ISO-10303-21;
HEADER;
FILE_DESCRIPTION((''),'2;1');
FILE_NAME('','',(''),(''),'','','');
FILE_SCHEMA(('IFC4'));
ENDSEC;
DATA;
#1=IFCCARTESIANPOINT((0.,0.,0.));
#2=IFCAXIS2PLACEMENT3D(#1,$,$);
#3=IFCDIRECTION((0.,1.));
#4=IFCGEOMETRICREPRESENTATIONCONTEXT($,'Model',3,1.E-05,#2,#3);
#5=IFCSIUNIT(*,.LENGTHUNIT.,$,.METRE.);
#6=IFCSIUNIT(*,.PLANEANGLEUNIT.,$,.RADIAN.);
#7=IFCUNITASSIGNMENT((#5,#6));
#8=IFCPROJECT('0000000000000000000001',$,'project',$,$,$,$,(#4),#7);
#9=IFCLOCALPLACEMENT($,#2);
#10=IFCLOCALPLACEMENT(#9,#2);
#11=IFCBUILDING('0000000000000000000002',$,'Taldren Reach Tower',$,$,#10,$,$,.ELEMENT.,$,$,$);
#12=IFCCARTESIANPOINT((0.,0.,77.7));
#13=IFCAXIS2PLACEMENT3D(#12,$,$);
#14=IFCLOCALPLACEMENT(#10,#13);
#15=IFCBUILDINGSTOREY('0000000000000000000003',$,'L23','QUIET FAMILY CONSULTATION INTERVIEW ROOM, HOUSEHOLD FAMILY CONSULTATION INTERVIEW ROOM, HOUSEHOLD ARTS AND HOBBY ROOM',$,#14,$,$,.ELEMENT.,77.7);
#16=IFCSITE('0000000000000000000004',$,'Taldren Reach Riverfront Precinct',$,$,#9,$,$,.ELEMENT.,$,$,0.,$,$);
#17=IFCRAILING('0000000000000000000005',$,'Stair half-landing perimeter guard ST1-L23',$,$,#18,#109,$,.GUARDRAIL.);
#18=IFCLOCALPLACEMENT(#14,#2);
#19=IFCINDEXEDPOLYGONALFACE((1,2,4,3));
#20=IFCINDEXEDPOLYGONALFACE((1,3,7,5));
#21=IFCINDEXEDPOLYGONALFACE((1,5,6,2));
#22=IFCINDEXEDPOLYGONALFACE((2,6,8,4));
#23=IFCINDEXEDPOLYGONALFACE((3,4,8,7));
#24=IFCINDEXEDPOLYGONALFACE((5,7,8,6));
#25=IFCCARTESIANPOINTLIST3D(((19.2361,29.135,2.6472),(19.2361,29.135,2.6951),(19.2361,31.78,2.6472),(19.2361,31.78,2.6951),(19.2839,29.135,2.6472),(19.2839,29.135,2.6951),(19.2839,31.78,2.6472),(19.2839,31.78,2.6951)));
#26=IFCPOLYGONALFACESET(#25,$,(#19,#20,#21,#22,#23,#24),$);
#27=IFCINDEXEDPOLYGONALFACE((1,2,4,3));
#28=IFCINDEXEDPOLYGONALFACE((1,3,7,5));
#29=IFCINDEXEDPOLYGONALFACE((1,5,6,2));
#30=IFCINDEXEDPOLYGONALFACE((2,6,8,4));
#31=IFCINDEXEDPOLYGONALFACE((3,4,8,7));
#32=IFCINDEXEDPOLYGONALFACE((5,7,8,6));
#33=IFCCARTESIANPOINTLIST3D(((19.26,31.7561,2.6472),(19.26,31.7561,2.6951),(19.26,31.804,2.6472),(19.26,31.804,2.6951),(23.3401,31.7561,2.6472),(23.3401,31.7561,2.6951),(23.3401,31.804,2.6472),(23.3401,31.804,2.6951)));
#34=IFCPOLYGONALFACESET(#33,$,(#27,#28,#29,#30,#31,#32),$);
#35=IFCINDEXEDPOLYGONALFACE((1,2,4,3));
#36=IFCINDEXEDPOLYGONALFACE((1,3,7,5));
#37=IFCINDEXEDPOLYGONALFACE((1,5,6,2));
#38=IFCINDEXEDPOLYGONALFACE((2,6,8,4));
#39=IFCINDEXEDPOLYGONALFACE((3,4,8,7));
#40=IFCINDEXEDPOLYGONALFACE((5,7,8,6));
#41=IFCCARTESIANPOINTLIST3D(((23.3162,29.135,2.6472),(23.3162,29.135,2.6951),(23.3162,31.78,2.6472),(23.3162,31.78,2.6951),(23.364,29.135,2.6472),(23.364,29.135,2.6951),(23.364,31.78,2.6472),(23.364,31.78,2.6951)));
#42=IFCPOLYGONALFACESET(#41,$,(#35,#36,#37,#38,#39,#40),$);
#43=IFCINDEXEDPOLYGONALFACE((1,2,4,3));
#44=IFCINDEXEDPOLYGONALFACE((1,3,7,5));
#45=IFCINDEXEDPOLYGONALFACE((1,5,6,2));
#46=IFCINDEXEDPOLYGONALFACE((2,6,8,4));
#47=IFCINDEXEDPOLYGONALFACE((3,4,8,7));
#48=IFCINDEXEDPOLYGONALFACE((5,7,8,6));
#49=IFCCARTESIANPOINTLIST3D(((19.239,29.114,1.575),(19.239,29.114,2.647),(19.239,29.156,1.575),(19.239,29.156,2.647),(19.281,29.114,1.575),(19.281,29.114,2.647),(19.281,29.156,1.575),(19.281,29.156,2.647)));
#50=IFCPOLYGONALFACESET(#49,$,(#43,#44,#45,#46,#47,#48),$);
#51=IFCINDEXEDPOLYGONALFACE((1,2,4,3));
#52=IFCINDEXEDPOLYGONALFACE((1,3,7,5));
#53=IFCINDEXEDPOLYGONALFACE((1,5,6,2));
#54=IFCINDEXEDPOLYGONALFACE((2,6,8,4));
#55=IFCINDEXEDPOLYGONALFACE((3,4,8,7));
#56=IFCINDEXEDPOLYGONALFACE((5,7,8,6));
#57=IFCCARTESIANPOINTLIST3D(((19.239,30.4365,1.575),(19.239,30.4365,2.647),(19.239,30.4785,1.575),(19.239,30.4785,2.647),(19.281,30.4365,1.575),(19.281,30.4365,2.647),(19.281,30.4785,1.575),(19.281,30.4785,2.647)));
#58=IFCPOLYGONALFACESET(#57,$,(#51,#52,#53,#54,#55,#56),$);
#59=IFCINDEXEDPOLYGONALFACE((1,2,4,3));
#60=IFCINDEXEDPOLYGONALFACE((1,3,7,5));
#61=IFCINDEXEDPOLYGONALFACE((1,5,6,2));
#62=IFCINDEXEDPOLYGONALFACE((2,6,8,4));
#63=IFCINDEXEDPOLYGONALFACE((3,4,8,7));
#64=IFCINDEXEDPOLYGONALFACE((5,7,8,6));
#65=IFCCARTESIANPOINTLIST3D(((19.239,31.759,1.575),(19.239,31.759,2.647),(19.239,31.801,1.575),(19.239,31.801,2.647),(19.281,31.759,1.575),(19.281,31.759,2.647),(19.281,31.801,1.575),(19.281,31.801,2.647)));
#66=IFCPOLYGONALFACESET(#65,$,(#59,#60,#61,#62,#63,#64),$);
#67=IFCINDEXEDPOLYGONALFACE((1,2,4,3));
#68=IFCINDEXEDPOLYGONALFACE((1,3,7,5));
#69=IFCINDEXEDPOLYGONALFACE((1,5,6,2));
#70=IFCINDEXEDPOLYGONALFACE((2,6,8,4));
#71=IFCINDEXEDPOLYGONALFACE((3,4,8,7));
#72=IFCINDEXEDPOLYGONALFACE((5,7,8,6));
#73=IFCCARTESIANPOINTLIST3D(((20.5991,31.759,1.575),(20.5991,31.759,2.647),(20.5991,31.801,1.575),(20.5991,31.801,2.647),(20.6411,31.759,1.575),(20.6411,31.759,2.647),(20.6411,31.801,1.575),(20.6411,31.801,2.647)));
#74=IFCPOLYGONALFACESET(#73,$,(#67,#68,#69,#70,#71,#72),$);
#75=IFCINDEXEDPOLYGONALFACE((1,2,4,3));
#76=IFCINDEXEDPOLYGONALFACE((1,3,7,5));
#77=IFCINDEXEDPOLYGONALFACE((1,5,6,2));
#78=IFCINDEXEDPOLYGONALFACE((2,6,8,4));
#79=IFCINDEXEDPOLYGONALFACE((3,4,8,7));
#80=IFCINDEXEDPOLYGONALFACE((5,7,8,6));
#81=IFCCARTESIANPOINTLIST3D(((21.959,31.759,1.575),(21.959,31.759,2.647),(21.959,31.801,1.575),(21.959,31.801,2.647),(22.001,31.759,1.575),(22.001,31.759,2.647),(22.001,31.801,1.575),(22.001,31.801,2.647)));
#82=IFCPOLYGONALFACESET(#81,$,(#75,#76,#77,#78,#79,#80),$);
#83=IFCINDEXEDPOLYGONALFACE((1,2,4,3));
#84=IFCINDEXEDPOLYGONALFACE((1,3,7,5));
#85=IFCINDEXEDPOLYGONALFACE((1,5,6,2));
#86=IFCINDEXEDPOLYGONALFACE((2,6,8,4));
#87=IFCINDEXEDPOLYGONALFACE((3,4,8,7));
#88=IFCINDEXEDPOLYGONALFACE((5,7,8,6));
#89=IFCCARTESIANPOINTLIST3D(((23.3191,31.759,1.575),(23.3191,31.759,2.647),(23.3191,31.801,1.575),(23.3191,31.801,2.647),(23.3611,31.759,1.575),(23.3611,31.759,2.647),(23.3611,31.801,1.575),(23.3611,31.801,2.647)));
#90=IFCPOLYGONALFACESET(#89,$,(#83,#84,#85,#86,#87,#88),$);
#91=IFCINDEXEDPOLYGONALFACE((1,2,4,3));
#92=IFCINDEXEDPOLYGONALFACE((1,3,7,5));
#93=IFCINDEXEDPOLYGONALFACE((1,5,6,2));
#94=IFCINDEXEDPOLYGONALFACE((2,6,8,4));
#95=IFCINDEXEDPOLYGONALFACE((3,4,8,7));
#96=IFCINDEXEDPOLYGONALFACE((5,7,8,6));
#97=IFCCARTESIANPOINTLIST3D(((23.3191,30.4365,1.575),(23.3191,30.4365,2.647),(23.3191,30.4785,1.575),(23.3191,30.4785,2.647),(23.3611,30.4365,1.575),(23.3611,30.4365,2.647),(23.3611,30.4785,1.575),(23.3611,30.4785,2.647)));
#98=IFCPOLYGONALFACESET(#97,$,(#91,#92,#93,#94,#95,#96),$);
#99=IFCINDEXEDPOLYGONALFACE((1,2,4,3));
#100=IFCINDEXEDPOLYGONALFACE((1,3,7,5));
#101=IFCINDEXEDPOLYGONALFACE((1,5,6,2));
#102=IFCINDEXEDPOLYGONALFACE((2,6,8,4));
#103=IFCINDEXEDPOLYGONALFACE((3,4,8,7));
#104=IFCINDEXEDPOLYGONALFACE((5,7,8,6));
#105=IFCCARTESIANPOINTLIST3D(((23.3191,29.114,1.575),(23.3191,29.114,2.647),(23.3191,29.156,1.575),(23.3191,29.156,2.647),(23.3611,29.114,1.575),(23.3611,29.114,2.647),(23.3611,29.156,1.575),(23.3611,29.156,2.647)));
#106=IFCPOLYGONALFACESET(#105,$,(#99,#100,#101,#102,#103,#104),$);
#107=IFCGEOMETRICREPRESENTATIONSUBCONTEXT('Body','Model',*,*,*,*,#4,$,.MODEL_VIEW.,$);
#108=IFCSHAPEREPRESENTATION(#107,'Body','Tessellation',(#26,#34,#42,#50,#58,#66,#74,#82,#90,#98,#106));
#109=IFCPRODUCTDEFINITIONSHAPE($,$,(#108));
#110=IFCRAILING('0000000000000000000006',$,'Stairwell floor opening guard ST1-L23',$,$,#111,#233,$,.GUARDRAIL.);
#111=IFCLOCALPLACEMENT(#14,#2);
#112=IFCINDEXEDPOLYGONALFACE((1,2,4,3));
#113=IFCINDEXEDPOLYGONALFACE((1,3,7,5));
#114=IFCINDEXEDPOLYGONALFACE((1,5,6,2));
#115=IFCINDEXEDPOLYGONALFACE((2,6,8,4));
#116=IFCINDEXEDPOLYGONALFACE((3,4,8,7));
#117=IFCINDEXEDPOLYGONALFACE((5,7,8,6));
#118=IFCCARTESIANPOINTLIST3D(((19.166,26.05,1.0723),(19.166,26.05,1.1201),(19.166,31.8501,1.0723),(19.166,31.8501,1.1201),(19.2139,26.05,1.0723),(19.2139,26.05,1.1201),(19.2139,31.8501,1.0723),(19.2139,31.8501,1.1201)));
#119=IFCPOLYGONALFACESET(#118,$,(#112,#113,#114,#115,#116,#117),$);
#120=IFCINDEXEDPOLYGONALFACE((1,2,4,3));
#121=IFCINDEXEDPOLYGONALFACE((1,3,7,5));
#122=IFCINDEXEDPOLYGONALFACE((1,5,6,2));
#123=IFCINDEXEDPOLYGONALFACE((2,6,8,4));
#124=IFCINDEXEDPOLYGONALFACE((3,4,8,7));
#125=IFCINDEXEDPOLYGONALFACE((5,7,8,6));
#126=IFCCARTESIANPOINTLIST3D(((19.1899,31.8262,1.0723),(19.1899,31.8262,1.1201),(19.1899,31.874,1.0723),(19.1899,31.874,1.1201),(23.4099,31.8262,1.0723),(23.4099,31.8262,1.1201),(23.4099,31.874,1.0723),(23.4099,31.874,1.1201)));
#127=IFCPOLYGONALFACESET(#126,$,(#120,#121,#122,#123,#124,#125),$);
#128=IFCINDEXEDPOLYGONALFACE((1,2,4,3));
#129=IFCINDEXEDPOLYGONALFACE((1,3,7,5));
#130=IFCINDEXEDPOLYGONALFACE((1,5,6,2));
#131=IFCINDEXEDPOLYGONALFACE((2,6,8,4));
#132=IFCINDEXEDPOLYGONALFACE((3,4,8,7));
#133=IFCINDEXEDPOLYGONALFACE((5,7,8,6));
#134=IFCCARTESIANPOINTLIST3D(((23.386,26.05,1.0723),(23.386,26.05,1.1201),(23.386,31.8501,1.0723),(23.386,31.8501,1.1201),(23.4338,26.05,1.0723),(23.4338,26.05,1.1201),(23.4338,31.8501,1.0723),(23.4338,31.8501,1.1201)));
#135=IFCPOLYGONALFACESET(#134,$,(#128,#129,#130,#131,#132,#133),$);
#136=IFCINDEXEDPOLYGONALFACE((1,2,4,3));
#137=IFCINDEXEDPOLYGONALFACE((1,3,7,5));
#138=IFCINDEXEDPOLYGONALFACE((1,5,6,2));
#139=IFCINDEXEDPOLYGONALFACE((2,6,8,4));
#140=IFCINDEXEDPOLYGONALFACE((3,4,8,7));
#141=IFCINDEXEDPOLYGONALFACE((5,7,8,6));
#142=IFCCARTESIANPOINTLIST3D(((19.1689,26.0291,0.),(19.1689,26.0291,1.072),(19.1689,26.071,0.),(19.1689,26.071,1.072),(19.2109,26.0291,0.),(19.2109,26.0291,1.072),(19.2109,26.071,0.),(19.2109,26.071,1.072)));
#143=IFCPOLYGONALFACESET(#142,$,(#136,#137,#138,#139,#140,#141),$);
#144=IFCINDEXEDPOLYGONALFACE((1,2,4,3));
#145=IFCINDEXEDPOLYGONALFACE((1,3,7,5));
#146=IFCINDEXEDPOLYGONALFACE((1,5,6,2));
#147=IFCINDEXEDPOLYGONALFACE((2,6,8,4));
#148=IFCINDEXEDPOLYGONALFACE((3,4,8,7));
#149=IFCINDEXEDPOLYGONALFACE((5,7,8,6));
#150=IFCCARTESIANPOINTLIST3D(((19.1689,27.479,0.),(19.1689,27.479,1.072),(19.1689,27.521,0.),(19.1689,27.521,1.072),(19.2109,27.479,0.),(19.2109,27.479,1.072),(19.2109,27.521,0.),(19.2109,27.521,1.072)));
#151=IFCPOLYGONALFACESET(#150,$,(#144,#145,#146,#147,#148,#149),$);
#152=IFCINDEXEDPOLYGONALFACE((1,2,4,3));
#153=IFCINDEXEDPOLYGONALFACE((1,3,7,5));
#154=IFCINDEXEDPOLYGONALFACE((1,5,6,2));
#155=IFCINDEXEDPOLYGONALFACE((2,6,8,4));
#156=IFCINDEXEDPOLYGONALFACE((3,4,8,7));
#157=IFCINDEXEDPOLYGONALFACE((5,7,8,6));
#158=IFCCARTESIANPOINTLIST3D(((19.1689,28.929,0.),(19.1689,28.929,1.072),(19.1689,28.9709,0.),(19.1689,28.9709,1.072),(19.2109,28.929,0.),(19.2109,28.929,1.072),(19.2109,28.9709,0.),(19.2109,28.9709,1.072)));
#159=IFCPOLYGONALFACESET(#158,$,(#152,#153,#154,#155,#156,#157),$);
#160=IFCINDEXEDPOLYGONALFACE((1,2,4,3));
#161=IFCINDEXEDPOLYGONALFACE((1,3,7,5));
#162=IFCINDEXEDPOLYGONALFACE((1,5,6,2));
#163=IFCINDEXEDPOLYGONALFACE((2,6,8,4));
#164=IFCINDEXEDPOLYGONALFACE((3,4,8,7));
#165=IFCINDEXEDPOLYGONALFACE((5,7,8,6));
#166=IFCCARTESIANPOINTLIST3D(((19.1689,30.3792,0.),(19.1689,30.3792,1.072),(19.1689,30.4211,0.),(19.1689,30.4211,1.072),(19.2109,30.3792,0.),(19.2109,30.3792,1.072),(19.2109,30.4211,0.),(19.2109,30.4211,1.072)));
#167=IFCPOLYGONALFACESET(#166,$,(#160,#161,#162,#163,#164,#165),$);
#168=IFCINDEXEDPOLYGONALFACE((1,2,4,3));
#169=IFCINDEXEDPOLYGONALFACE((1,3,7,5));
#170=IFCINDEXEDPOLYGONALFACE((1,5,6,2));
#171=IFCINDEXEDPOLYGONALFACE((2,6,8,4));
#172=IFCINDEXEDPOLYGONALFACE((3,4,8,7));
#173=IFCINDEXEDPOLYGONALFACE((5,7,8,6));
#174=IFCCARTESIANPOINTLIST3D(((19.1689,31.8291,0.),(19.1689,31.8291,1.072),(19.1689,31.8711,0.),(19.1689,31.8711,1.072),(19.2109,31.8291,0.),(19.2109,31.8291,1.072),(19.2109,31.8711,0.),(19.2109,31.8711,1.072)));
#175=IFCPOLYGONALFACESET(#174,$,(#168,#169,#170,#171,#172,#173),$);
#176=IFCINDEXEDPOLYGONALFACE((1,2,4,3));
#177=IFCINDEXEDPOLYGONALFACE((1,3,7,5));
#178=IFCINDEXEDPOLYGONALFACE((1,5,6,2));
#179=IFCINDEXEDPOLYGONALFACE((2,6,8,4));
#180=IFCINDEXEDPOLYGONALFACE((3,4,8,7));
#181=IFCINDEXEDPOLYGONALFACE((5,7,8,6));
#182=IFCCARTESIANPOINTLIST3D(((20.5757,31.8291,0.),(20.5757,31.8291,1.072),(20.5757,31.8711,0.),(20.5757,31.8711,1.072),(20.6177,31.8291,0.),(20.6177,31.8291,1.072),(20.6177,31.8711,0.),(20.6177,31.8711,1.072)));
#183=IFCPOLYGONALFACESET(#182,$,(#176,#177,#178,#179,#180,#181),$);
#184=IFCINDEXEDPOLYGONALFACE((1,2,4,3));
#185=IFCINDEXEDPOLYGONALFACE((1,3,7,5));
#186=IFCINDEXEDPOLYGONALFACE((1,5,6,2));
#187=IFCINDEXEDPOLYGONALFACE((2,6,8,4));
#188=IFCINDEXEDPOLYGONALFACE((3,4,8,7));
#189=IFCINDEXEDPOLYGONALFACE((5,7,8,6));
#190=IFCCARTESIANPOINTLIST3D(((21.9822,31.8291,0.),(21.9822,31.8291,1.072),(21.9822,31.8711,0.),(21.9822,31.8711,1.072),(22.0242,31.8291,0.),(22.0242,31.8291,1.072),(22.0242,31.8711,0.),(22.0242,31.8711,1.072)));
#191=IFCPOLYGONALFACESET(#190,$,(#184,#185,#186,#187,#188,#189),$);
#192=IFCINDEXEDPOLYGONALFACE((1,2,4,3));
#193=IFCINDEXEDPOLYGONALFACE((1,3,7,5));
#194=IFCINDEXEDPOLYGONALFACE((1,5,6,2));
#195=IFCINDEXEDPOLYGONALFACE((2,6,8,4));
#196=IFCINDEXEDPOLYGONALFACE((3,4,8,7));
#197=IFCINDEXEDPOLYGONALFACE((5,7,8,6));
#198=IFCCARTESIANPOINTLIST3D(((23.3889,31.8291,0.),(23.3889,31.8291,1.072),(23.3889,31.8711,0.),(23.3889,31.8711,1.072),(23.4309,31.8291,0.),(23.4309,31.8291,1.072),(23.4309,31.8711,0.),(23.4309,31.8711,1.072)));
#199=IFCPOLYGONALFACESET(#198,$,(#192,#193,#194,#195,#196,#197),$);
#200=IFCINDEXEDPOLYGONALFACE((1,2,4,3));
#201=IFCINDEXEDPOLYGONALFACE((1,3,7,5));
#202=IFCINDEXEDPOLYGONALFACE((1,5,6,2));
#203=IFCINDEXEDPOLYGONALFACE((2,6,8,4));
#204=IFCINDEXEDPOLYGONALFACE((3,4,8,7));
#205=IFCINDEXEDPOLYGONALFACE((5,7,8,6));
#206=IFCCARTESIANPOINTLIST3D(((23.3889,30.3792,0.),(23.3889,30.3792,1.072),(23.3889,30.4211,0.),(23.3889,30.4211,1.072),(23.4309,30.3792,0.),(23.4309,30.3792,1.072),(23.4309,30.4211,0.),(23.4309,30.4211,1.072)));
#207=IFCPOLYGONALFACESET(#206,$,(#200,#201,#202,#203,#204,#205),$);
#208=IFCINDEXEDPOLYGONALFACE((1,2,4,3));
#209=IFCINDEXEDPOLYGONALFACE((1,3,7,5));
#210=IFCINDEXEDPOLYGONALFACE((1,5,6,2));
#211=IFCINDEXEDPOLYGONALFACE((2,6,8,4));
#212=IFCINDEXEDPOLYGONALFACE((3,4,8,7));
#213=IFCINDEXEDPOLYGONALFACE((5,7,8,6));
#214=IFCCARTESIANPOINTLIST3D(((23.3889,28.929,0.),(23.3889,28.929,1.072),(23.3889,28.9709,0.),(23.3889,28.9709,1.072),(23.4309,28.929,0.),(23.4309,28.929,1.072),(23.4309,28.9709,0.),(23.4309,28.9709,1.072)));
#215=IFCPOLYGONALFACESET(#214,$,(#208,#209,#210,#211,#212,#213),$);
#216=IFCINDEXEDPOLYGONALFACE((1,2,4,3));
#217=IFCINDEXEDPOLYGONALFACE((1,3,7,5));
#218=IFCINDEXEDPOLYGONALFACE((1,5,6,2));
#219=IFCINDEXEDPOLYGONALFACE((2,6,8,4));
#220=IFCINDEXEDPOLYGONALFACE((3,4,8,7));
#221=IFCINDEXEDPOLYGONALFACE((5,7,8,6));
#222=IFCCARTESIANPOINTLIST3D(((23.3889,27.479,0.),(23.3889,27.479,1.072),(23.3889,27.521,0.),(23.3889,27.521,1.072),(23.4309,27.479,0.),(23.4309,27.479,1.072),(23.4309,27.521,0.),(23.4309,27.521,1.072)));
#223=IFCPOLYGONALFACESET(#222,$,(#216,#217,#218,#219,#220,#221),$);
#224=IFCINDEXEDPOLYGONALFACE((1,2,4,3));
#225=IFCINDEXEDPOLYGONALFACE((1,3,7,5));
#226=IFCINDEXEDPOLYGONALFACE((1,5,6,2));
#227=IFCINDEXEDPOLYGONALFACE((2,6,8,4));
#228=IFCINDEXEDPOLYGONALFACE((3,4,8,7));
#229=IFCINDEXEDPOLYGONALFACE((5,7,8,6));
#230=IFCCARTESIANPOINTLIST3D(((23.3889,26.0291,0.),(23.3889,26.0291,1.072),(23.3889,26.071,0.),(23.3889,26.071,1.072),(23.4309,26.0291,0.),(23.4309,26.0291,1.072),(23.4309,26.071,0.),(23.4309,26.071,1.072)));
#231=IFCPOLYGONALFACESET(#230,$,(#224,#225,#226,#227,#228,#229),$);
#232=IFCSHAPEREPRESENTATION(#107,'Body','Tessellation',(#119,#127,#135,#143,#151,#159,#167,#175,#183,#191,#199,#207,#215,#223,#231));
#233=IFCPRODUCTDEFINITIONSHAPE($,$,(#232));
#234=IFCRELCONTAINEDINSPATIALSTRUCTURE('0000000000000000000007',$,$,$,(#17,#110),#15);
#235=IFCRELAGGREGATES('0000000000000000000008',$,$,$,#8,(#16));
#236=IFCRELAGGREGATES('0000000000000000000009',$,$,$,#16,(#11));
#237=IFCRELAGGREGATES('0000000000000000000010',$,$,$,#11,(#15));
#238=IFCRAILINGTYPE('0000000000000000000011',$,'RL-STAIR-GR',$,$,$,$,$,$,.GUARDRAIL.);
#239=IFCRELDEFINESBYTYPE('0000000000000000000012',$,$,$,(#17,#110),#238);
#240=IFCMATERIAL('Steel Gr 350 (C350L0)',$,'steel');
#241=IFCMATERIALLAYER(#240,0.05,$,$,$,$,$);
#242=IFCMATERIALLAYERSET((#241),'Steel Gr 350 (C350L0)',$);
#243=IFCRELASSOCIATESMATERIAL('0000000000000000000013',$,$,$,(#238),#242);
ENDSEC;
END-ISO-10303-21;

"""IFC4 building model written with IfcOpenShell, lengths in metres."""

from ifc_helpers import new_model, si_unit, direction, frame, origin, origin_2d, place, context, subcontext, project, spatial, rectangle, extrude, material, layer, layer_set, type_object, element, save


model = new_model("IFC4")

# Units and contexts
model_context = context("Model", 3, precision=1e-05, world=origin(), true_north=direction((0.0, 1.0)))
body_context = subcontext(model_context, "Body", "Model", "MODEL_VIEW")
ifc_project = project(units=[si_unit("LENGTHUNIT", "METRE"), si_unit("PLANEANGLEUNIT", "RADIAN")], contexts=[model_context])

# Site, building, storey
site_placement = place(None, origin())
site = spatial("IfcSite", under=ifc_project, at=site_placement, Name="Taldren Reach Riverfront Precinct", CompositionType="ELEMENT", RefElevation=0.0)
building_placement = place(site_placement, origin())
building = spatial("IfcBuilding", under=site, at=building_placement, Name="Taldren Reach Tower", CompositionType="ELEMENT")
storey_placement = place(building_placement, frame((0.0, 0.0, 77.7)))
storey = spatial("IfcBuildingStorey", under=building, at=storey_placement, Name="L23", Description="QUIET FAMILY CONSULTATION INTERVIEW ROOM, HOUSEHOLD FAMILY CONSULTATION INTERVIEW ROOM, HOUSEHOLD ARTS AND HOBBY ROOM", CompositionType="ELEMENT", Elevation=77.7)

# Shared definitions
ifc_material_1 = material(Name="Steel Gr 350 (C350L0)", Category="steel")

# Railings
ifc_layer_1 = layer(ifc_material_1, 0.05)
ifc_layer_set_1 = layer_set([ifc_layer_1], Name="Steel Gr 350 (C350L0)")
railing_type_1 = type_object("IfcRailingType", Name="RL-STAIR-GR", PredefinedType="GUARDRAIL", material=ifc_layer_set_1)
railing_1_placement = place(storey_placement, frame((19.26, 29.135, 1.575)))
element("IfcRailing", 1, at=railing_1_placement, inside=storey, type_object=railing_type_1, Name="Stair half-landing perimeter guard ST1-L23", PredefinedType="GUARDRAIL", context=body_context, shape_type="SweptSolid", body=[
    extrude(rectangle(XDim=0.0479, YDim=0.0479, at=origin_2d()), frame((0.0, 0.0, 1.0962), z_axis=(0.0, 1.0, 0.0), x_axis=(-1.0, 0.0, 0.0)), (0.0, 0.0, 1.0), 2.645),
    extrude(rectangle(XDim=0.0479, YDim=0.0479, at=origin_2d()), frame((0.0, 2.645, 1.0962), z_axis=(1.0, 0.0, 0.0), x_axis=(0.0, 1.0, 0.0)), (0.0, 0.0, 1.0), 4.0801),
    extrude(rectangle(XDim=0.0479, YDim=0.0479, at=origin_2d()), frame((4.0801, 2.645, 1.0962), z_axis=(0.0, -1.0, 0.0), x_axis=(1.0, 0.0, 0.0)), (0.0, 0.0, 1.0), 2.645),
    extrude(rectangle(XDim=0.042, YDim=0.042, at=origin_2d()), origin(), (0.0, 0.0, 1.0), 1.072),
    extrude(rectangle(XDim=0.042, YDim=0.042, at=origin_2d()), frame((0.0, 1.3225, 0.0)), (0.0, 0.0, 1.0), 1.072),
    extrude(rectangle(XDim=0.042, YDim=0.042, at=origin_2d()), frame((0.0, 2.645, 0.0)), (0.0, 0.0, 1.0), 1.072),
    extrude(rectangle(XDim=0.042, YDim=0.042, at=origin_2d()), frame((1.3601, 2.645, 0.0)), (0.0, 0.0, 1.0), 1.072),
    extrude(rectangle(XDim=0.042, YDim=0.042, at=origin_2d()), frame((2.72, 2.645, 0.0)), (0.0, 0.0, 1.0), 1.072),
    extrude(rectangle(XDim=0.042, YDim=0.042, at=origin_2d()), frame((4.0801, 2.645, 0.0)), (0.0, 0.0, 1.0), 1.072),
    extrude(rectangle(XDim=0.042, YDim=0.042, at=origin_2d()), frame((4.0801, 1.3225, 0.0)), (0.0, 0.0, 1.0), 1.072),
    extrude(rectangle(XDim=0.042, YDim=0.042, at=origin_2d()), frame((4.0801, 0.0, 0.0)), (0.0, 0.0, 1.0), 1.072),
])
railing_2_placement = place(storey_placement, frame((19.1899, 26.05, 0.0)))
element("IfcRailing", 2, at=railing_2_placement, inside=storey, type_object=railing_type_1, Name="Stairwell floor opening guard ST1-L23", PredefinedType="GUARDRAIL", context=body_context, shape_type="SweptSolid", body=[
    extrude(rectangle(XDim=0.0479, YDim=0.0479, at=origin_2d()), frame((0.0, 0.0, 1.0962), z_axis=(0.0, 1.0, 0.0), x_axis=(-1.0, 0.0, 0.0)), (0.0, 0.0, 1.0), 5.8),
    extrude(rectangle(XDim=0.0479, YDim=0.0479, at=origin_2d()), frame((0.0, 5.8, 1.0962), z_axis=(1.0, 0.0, 0.0), x_axis=(0.0, 1.0, 0.0)), (0.0, 0.0, 1.0), 4.22),
    extrude(rectangle(XDim=0.0479, YDim=0.0479, at=origin_2d()), frame((4.22, 5.8, 1.0962), z_axis=(0.0, -1.0, 0.0), x_axis=(1.0, 0.0, 0.0)), (0.0, 0.0, 1.0), 5.8),
    extrude(rectangle(XDim=0.042, YDim=0.042, at=origin_2d()), origin(), (0.0, 0.0, 1.0), 1.072),
    extrude(rectangle(XDim=0.042, YDim=0.042, at=origin_2d()), frame((0.0, 1.45, 0.0)), (0.0, 0.0, 1.0), 1.072),
    extrude(rectangle(XDim=0.042, YDim=0.042, at=origin_2d()), frame((0.0, 2.8999, 0.0)), (0.0, 0.0, 1.0), 1.072),
    extrude(rectangle(XDim=0.042, YDim=0.042, at=origin_2d()), frame((0.0, 4.3501, 0.0)), (0.0, 0.0, 1.0), 1.072),
    extrude(rectangle(XDim=0.042, YDim=0.042, at=origin_2d()), frame((0.0, 5.8, 0.0)), (0.0, 0.0, 1.0), 1.072),
    extrude(rectangle(XDim=0.042, YDim=0.042, at=origin_2d()), frame((1.4067, 5.8, 0.0)), (0.0, 0.0, 1.0), 1.072),
    extrude(rectangle(XDim=0.042, YDim=0.042, at=origin_2d()), frame((2.8132, 5.8, 0.0)), (0.0, 0.0, 1.0), 1.072),
    extrude(rectangle(XDim=0.042, YDim=0.042, at=origin_2d()), frame((4.22, 5.8, 0.0)), (0.0, 0.0, 1.0), 1.072),
    extrude(rectangle(XDim=0.042, YDim=0.042, at=origin_2d()), frame((4.22, 4.3501, 0.0)), (0.0, 0.0, 1.0), 1.072),
    extrude(rectangle(XDim=0.042, YDim=0.042, at=origin_2d()), frame((4.22, 2.8999, 0.0)), (0.0, 0.0, 1.0), 1.072),
    extrude(rectangle(XDim=0.042, YDim=0.042, at=origin_2d()), frame((4.22, 1.45, 0.0)), (0.0, 0.0, 1.0), 1.072),
    extrude(rectangle(XDim=0.042, YDim=0.042, at=origin_2d()), frame((4.22, 0.0, 0.0)), (0.0, 0.0, 1.0), 1.072),
])

save(model, "model.ifc")
